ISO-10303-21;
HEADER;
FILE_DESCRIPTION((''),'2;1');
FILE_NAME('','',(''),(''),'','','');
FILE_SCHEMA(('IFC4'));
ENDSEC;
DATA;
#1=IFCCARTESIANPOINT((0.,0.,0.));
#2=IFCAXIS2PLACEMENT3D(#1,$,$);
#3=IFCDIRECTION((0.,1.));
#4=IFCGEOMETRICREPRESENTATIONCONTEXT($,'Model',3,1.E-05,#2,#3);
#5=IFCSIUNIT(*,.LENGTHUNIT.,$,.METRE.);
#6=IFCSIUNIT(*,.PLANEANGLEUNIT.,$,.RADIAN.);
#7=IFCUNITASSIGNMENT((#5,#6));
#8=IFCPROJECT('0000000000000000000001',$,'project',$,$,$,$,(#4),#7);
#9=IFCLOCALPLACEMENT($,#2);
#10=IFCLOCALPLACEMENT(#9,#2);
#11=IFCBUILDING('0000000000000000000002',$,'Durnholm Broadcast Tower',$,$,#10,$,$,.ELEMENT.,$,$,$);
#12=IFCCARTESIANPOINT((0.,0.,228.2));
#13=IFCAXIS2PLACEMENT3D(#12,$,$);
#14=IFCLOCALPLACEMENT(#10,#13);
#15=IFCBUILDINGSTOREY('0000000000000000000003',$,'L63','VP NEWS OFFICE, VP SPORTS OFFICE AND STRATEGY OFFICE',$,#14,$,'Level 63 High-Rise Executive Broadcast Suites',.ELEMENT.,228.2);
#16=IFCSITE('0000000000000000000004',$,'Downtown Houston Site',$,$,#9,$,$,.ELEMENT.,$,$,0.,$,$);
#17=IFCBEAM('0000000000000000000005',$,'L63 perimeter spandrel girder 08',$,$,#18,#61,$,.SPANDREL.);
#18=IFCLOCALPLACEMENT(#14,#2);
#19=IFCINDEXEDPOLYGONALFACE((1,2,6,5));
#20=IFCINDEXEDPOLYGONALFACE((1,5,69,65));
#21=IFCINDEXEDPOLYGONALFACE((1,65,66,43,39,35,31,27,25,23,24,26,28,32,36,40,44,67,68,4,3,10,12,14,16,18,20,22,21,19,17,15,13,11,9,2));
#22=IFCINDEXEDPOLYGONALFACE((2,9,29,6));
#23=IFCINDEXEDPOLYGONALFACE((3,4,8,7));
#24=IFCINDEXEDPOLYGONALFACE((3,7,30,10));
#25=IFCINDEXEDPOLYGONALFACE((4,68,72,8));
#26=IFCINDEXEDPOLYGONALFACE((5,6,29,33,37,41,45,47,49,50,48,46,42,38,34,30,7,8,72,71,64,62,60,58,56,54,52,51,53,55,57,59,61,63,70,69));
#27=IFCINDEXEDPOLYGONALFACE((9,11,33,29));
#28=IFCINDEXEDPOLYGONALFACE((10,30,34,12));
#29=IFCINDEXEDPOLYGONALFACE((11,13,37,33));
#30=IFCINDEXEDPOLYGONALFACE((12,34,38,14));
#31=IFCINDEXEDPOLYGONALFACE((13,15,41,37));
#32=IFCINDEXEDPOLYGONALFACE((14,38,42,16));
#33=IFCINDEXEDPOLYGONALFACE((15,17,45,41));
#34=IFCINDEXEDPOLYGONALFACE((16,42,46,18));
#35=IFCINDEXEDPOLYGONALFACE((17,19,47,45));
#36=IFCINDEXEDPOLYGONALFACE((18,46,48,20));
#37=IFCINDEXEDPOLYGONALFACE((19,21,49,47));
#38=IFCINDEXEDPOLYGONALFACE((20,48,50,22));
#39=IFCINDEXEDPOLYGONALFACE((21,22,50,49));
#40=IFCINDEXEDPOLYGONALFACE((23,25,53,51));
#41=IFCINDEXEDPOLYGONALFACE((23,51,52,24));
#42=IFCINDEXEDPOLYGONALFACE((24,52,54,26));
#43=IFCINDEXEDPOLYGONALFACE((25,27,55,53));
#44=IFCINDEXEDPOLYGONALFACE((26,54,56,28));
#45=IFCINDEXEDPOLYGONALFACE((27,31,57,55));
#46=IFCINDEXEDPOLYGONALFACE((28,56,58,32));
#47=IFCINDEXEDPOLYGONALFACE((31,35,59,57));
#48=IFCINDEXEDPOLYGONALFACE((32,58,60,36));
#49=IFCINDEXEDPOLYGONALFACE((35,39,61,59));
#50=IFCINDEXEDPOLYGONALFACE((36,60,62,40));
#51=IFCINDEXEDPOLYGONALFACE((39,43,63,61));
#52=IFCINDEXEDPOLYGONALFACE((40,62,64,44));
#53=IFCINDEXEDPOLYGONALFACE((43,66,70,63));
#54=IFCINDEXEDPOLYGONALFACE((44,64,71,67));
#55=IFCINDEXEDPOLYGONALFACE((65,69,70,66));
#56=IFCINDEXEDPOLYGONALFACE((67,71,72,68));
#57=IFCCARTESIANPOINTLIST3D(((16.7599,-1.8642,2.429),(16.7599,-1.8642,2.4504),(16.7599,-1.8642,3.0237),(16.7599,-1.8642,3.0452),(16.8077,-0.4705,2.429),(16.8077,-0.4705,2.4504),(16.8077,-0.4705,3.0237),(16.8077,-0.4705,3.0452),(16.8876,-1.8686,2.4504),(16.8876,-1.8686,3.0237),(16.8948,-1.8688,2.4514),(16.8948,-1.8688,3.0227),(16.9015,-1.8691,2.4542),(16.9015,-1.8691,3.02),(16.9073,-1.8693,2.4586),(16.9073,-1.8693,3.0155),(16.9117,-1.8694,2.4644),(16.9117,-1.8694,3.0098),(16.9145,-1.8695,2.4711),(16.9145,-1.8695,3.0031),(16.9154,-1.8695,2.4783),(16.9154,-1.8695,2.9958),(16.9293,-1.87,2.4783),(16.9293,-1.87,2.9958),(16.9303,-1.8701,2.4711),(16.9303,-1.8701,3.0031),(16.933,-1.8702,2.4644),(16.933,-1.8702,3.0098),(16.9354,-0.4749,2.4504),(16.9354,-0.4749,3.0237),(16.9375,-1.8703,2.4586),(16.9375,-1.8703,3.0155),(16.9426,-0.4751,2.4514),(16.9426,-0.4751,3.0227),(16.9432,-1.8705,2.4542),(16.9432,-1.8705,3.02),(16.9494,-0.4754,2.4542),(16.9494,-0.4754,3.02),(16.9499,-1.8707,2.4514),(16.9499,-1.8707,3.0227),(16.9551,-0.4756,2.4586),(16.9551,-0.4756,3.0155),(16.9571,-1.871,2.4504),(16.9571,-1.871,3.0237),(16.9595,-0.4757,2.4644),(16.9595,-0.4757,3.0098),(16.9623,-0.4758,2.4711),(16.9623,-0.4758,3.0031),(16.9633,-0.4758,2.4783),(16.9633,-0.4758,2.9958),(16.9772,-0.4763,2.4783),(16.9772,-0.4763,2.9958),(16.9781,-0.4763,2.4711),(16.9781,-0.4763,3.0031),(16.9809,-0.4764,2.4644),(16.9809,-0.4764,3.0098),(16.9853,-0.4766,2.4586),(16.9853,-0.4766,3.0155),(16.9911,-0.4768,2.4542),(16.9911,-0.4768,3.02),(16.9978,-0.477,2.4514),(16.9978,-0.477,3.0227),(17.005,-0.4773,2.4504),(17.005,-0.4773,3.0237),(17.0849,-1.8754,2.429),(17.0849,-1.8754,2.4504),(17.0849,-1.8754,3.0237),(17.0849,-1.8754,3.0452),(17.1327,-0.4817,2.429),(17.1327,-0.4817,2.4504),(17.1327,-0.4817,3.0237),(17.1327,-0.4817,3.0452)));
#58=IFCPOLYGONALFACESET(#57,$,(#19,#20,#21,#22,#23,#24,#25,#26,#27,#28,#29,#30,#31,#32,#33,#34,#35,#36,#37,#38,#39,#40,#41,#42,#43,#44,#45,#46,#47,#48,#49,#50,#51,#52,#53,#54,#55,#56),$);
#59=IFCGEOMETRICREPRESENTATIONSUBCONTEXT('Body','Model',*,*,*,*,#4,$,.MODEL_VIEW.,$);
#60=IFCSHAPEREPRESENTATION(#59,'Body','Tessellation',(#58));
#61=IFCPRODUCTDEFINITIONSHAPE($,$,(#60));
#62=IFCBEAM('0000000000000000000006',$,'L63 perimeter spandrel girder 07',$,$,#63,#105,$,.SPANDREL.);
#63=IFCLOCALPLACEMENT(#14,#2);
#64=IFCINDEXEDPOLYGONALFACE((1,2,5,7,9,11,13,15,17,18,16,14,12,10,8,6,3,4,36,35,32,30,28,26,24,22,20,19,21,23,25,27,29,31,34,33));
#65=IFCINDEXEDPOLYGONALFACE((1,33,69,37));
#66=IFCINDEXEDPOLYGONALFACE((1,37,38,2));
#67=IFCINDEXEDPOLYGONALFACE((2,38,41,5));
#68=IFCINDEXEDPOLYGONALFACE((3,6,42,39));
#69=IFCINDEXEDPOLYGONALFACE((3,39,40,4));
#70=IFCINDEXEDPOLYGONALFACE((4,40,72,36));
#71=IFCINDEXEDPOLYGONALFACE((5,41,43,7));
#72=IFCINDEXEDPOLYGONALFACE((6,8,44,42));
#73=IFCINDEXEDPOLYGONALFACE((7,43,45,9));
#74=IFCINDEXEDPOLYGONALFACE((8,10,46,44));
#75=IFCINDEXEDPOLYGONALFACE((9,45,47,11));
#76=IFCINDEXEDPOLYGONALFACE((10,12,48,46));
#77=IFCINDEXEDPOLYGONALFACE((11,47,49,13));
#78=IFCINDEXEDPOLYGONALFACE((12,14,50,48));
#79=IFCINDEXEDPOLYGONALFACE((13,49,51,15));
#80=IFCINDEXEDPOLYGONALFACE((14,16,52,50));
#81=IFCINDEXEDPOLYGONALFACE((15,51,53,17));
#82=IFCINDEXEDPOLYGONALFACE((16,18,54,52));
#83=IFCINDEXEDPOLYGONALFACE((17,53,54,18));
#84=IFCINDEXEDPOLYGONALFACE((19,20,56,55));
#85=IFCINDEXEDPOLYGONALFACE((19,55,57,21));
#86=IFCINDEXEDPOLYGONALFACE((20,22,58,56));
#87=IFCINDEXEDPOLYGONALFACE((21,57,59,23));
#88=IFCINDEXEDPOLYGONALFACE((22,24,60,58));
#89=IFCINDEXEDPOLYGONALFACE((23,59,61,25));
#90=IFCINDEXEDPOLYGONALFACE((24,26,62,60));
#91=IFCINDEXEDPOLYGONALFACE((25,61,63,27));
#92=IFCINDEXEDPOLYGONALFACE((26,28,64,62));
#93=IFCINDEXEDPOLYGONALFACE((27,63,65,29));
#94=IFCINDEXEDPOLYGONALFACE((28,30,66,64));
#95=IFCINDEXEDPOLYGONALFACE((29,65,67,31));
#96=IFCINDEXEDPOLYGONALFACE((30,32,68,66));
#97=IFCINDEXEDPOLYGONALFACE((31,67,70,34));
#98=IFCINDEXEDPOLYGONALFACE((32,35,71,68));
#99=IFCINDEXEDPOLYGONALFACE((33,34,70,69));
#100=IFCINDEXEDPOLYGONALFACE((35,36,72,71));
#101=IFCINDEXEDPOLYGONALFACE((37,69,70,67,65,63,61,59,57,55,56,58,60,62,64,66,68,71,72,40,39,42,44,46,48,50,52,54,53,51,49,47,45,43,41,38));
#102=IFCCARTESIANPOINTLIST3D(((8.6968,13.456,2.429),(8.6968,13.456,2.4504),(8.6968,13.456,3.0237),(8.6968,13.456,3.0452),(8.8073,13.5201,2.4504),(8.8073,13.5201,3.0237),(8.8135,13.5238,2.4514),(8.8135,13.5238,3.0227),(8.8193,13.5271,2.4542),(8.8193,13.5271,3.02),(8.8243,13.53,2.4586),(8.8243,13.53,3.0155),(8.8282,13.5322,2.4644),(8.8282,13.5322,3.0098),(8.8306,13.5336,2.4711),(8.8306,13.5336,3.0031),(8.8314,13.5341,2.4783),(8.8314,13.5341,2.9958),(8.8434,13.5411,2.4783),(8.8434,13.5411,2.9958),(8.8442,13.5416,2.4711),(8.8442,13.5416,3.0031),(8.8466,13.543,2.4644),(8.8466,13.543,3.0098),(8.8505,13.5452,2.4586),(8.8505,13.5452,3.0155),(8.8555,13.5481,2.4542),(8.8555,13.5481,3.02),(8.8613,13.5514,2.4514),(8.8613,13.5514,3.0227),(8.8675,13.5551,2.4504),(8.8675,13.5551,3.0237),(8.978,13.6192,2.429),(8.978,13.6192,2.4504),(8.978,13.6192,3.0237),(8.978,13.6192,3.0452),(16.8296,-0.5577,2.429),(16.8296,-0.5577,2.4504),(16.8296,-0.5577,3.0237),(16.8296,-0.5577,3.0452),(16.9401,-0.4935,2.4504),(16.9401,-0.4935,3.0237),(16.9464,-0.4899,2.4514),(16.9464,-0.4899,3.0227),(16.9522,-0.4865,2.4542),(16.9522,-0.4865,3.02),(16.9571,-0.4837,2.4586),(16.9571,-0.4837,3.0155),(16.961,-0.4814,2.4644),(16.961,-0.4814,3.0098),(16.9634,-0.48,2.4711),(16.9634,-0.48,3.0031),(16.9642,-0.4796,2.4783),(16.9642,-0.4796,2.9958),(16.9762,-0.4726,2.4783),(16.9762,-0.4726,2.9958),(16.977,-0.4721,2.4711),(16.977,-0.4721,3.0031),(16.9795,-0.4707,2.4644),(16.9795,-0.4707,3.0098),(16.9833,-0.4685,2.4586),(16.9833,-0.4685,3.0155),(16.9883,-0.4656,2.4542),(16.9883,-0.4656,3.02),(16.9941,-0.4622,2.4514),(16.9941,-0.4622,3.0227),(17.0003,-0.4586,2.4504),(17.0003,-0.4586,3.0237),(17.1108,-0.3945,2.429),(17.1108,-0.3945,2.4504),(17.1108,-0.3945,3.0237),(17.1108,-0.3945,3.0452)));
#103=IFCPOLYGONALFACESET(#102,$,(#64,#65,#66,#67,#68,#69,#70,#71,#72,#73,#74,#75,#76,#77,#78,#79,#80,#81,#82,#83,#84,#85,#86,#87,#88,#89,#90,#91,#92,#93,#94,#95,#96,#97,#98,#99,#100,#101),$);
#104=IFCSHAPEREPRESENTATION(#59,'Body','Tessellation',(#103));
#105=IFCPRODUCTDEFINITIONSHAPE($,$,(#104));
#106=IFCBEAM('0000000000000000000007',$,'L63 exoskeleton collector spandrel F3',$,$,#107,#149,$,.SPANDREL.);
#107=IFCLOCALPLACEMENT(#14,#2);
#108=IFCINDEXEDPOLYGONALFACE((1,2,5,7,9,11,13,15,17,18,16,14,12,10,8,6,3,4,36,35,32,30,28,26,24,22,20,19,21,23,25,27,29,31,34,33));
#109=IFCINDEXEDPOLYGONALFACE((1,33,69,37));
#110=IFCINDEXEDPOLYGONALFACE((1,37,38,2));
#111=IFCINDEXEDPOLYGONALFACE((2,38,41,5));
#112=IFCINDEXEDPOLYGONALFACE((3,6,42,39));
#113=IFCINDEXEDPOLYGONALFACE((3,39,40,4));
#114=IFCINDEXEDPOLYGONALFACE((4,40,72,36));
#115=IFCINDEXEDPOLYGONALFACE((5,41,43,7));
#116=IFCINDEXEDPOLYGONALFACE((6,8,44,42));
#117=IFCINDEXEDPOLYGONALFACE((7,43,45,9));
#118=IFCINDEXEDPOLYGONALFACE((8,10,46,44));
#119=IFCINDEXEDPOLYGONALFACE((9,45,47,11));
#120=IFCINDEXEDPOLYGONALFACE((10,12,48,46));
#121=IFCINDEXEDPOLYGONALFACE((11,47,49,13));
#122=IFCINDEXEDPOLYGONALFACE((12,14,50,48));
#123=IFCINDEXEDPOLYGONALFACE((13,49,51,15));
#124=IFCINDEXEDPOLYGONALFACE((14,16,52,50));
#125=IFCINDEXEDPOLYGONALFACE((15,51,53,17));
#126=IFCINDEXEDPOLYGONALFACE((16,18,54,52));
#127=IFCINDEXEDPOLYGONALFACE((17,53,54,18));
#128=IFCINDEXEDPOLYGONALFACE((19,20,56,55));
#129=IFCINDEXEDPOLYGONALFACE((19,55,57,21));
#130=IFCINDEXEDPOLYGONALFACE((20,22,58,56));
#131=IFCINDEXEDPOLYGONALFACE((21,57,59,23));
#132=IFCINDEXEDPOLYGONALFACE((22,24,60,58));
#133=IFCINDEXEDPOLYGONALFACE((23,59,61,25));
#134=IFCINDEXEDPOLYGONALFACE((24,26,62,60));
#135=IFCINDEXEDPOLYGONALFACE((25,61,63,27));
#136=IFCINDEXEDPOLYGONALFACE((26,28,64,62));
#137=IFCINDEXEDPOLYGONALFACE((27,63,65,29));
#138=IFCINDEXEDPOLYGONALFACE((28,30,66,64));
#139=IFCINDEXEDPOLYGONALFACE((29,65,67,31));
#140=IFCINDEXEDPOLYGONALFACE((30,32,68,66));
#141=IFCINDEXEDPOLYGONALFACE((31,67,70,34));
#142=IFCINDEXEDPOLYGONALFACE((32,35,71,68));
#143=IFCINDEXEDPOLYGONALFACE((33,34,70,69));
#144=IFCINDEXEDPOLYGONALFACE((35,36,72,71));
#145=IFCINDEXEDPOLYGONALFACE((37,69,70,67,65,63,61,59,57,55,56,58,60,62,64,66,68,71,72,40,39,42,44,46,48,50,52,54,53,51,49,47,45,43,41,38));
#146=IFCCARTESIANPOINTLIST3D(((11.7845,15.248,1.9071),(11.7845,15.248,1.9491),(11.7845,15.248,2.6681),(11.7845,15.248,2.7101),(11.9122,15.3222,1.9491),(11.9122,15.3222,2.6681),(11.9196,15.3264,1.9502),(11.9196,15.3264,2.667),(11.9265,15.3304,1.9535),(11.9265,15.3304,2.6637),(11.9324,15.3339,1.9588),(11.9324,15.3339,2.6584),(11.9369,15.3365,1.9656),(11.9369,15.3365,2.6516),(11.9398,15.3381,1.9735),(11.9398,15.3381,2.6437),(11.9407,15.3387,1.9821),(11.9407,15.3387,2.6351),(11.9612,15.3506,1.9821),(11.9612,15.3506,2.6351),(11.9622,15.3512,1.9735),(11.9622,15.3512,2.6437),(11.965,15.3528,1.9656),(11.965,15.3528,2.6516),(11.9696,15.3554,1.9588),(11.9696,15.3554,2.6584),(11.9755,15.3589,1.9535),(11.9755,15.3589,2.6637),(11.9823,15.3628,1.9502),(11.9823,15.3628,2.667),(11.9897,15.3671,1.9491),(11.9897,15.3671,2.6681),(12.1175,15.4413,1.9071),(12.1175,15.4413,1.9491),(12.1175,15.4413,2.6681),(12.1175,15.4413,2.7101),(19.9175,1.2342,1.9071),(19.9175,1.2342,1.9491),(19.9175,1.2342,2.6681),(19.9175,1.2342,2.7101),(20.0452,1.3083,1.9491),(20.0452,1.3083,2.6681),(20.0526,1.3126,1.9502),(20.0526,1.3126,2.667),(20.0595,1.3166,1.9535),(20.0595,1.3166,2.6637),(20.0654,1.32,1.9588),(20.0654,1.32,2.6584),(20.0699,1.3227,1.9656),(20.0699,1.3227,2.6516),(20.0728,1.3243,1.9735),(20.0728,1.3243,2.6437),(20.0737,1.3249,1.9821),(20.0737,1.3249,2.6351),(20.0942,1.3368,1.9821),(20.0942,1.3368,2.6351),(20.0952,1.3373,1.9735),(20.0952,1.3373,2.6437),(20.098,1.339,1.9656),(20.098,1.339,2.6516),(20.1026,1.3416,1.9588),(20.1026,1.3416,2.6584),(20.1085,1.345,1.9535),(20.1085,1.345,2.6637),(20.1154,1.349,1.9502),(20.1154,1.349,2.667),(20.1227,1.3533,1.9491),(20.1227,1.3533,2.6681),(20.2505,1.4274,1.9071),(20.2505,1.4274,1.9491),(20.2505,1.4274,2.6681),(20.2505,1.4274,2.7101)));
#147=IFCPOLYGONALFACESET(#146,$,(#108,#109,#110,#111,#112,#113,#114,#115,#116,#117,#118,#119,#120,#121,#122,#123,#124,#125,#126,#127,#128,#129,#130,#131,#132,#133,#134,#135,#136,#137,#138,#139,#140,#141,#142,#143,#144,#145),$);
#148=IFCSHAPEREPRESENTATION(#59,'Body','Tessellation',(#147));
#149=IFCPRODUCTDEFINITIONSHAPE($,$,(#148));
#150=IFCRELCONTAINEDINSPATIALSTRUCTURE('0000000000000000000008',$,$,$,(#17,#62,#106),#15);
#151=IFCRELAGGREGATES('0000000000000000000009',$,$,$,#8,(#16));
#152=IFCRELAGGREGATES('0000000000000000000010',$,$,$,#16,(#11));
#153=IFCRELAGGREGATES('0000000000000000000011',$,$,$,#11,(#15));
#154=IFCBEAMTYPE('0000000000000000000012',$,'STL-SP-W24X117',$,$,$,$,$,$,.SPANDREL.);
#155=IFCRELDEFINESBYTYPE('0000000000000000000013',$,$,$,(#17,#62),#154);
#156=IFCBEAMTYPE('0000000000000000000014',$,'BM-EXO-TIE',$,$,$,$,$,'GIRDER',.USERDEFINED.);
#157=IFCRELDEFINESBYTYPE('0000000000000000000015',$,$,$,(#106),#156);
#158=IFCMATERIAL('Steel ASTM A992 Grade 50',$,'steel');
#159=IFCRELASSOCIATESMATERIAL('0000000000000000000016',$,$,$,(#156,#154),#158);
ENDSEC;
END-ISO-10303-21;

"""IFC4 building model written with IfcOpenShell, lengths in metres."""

from ifc_helpers import new_model, si_unit, direction, frame, origin, origin_2d, place, context, subcontext, project, spatial, i_section, extrude, source, transform, mapped, material, material_profile, profile_set, type_object, type_shapes, element, save


model = new_model("IFC4")

# Units and contexts
model_context = context("Model", 3, precision=1e-05, world=origin(), true_north=direction((0.0, 1.0)))
body_context = subcontext(model_context, "Body", "Model", "MODEL_VIEW")
ifc_project = project(units=[si_unit("LENGTHUNIT", "METRE"), si_unit("PLANEANGLEUNIT", "RADIAN")], contexts=[model_context])

# Site, building, storey
site_placement = place(None, origin())
site = spatial("IfcSite", under=ifc_project, at=site_placement, Name="Downtown Houston Site", CompositionType="ELEMENT", RefElevation=0.0)
building_placement = place(site_placement, origin())
building = spatial("IfcBuilding", under=site, at=building_placement, Name="Durnholm Broadcast Tower", CompositionType="ELEMENT")
storey_placement = place(building_placement, frame((0.0, 0.0, 228.2)))
storey = spatial("IfcBuildingStorey", under=building, at=storey_placement, Name="L63", Description="VP NEWS OFFICE, VP SPORTS OFFICE AND STRATEGY OFFICE", LongName="Level 63 High-Rise Executive Broadcast Suites", CompositionType="ELEMENT", Elevation=228.2)

# Beams
ifc_material_1 = material(Name="Steel ASTM A992 Grade 50", Category="steel")
ifc_material_profile_1 = material_profile(ifc_material_1, i_section(OverallWidth=0.385, OverallDepth=0.803, WebThickness=0.0237, FlangeThickness=0.042, FilletRadius=0.033, at=origin_2d()), Name="W30X261")
ifc_profile_set_1 = profile_set([ifc_material_profile_1], Name="Steel ASTM A992 Grade 50")
beam_type_1 = type_object("IfcBeamType", Name="BM-EXO-TIE", ElementType="GIRDER", PredefinedType="USERDEFINED", material=ifc_profile_set_1)
ifc_material_profile_2 = material_profile(ifc_material_1, i_section(OverallWidth=0.3252, OverallDepth=0.6162, WebThickness=0.0139, FlangeThickness=0.0215, FilletRadius=0.0278, at=origin_2d()), Name="W24X117")
ifc_profile_set_2 = profile_set([ifc_material_profile_2], Name="Steel ASTM A992 Grade 50")
beam_type_2 = type_object("IfcBeamType", Name="STL-SP-W24X117", PredefinedType="SPANDREL", material=ifc_profile_set_2)
shared_shape_1 = source(origin(), body_context, "Body", "SweptSolid", [
    extrude(i_section(OverallWidth=0.3252, OverallDepth=0.6162, WebThickness=0.0139, FlangeThickness=0.0215, FilletRadius=0.0278, at=origin_2d()), origin(), (0.0, 0.0, 1.0), 1.3945),
])
beam_1_placement = place(storey_placement, frame((16.9702, -0.4761, 2.7371), z_axis=(-0.034312, -0.999411, 0.0), x_axis=(0.999411, -0.034312, 0.0)))
element("IfcBeam", 1, at=beam_1_placement, inside=storey, type_object=beam_type_2, Name="L63 perimeter spandrel girder 08", PredefinedType="SPANDREL", context=body_context, shape_type="MappedRepresentation", body=[
    mapped(shared_shape_1, transform((0.0, 0.0, 0.0), x_axis=(1.0, 0.0, 0.0), y_axis=(0.0, 1.0, 0.0), z_axis=(0.0, 0.0, 1.0), scale=1.0)),
])
shared_shape_2 = source(origin(), body_context, "Body", "SweptSolid", [
    extrude(i_section(OverallWidth=0.3252, OverallDepth=0.6162, WebThickness=0.0139, FlangeThickness=0.0215, FilletRadius=0.0278, at=origin_2d()), origin(), (0.0, 0.0, 1.0), 16.2026),
])
type_shapes(beam_type_2, [shared_shape_1, shared_shape_2])
beam_2_placement = place(storey_placement, frame((8.8374, 13.5376, 2.7371), z_axis=(0.501944, -0.8649, 0.0), x_axis=(0.8649, 0.501944, 0.0)))
element("IfcBeam", 2, at=beam_2_placement, inside=storey, type_object=beam_type_2, Name="L63 perimeter spandrel girder 07", PredefinedType="SPANDREL", context=body_context, shape_type="MappedRepresentation", body=[
    mapped(shared_shape_2, transform((0.0, 0.0, 0.0), x_axis=(1.0, 0.0, 0.0), y_axis=(0.0, 1.0, 0.0), z_axis=(0.0, 0.0, 1.0), scale=1.0)),
])
shared_shape_3 = source(origin(), body_context, "Body", "SweptSolid", [
    extrude(i_section(OverallWidth=0.385, OverallDepth=0.803, WebThickness=0.0237, FlangeThickness=0.042, FilletRadius=0.033, at=origin_2d()), origin(), (0.0, 0.0, 1.0), 16.2029),
])
beam_3_placement = place(storey_placement, frame((20.084, 1.3308, 2.3086), z_axis=(-0.501948, 0.864898, 0.0), x_axis=(-0.864898, -0.501948, 0.0)))
element("IfcBeam", 3, at=beam_3_placement, inside=storey, type_object=beam_type_1, Name="L63 exoskeleton collector spandrel F3", PredefinedType="SPANDREL", context=body_context, shape_type="MappedRepresentation", body=[
    mapped(shared_shape_3, transform((0.0, 0.0, 0.0), x_axis=(1.0, 0.0, 0.0), y_axis=(0.0, 1.0, 0.0), z_axis=(0.0, 0.0, 1.0), scale=1.0)),
])

save(model, "model.ifc")
